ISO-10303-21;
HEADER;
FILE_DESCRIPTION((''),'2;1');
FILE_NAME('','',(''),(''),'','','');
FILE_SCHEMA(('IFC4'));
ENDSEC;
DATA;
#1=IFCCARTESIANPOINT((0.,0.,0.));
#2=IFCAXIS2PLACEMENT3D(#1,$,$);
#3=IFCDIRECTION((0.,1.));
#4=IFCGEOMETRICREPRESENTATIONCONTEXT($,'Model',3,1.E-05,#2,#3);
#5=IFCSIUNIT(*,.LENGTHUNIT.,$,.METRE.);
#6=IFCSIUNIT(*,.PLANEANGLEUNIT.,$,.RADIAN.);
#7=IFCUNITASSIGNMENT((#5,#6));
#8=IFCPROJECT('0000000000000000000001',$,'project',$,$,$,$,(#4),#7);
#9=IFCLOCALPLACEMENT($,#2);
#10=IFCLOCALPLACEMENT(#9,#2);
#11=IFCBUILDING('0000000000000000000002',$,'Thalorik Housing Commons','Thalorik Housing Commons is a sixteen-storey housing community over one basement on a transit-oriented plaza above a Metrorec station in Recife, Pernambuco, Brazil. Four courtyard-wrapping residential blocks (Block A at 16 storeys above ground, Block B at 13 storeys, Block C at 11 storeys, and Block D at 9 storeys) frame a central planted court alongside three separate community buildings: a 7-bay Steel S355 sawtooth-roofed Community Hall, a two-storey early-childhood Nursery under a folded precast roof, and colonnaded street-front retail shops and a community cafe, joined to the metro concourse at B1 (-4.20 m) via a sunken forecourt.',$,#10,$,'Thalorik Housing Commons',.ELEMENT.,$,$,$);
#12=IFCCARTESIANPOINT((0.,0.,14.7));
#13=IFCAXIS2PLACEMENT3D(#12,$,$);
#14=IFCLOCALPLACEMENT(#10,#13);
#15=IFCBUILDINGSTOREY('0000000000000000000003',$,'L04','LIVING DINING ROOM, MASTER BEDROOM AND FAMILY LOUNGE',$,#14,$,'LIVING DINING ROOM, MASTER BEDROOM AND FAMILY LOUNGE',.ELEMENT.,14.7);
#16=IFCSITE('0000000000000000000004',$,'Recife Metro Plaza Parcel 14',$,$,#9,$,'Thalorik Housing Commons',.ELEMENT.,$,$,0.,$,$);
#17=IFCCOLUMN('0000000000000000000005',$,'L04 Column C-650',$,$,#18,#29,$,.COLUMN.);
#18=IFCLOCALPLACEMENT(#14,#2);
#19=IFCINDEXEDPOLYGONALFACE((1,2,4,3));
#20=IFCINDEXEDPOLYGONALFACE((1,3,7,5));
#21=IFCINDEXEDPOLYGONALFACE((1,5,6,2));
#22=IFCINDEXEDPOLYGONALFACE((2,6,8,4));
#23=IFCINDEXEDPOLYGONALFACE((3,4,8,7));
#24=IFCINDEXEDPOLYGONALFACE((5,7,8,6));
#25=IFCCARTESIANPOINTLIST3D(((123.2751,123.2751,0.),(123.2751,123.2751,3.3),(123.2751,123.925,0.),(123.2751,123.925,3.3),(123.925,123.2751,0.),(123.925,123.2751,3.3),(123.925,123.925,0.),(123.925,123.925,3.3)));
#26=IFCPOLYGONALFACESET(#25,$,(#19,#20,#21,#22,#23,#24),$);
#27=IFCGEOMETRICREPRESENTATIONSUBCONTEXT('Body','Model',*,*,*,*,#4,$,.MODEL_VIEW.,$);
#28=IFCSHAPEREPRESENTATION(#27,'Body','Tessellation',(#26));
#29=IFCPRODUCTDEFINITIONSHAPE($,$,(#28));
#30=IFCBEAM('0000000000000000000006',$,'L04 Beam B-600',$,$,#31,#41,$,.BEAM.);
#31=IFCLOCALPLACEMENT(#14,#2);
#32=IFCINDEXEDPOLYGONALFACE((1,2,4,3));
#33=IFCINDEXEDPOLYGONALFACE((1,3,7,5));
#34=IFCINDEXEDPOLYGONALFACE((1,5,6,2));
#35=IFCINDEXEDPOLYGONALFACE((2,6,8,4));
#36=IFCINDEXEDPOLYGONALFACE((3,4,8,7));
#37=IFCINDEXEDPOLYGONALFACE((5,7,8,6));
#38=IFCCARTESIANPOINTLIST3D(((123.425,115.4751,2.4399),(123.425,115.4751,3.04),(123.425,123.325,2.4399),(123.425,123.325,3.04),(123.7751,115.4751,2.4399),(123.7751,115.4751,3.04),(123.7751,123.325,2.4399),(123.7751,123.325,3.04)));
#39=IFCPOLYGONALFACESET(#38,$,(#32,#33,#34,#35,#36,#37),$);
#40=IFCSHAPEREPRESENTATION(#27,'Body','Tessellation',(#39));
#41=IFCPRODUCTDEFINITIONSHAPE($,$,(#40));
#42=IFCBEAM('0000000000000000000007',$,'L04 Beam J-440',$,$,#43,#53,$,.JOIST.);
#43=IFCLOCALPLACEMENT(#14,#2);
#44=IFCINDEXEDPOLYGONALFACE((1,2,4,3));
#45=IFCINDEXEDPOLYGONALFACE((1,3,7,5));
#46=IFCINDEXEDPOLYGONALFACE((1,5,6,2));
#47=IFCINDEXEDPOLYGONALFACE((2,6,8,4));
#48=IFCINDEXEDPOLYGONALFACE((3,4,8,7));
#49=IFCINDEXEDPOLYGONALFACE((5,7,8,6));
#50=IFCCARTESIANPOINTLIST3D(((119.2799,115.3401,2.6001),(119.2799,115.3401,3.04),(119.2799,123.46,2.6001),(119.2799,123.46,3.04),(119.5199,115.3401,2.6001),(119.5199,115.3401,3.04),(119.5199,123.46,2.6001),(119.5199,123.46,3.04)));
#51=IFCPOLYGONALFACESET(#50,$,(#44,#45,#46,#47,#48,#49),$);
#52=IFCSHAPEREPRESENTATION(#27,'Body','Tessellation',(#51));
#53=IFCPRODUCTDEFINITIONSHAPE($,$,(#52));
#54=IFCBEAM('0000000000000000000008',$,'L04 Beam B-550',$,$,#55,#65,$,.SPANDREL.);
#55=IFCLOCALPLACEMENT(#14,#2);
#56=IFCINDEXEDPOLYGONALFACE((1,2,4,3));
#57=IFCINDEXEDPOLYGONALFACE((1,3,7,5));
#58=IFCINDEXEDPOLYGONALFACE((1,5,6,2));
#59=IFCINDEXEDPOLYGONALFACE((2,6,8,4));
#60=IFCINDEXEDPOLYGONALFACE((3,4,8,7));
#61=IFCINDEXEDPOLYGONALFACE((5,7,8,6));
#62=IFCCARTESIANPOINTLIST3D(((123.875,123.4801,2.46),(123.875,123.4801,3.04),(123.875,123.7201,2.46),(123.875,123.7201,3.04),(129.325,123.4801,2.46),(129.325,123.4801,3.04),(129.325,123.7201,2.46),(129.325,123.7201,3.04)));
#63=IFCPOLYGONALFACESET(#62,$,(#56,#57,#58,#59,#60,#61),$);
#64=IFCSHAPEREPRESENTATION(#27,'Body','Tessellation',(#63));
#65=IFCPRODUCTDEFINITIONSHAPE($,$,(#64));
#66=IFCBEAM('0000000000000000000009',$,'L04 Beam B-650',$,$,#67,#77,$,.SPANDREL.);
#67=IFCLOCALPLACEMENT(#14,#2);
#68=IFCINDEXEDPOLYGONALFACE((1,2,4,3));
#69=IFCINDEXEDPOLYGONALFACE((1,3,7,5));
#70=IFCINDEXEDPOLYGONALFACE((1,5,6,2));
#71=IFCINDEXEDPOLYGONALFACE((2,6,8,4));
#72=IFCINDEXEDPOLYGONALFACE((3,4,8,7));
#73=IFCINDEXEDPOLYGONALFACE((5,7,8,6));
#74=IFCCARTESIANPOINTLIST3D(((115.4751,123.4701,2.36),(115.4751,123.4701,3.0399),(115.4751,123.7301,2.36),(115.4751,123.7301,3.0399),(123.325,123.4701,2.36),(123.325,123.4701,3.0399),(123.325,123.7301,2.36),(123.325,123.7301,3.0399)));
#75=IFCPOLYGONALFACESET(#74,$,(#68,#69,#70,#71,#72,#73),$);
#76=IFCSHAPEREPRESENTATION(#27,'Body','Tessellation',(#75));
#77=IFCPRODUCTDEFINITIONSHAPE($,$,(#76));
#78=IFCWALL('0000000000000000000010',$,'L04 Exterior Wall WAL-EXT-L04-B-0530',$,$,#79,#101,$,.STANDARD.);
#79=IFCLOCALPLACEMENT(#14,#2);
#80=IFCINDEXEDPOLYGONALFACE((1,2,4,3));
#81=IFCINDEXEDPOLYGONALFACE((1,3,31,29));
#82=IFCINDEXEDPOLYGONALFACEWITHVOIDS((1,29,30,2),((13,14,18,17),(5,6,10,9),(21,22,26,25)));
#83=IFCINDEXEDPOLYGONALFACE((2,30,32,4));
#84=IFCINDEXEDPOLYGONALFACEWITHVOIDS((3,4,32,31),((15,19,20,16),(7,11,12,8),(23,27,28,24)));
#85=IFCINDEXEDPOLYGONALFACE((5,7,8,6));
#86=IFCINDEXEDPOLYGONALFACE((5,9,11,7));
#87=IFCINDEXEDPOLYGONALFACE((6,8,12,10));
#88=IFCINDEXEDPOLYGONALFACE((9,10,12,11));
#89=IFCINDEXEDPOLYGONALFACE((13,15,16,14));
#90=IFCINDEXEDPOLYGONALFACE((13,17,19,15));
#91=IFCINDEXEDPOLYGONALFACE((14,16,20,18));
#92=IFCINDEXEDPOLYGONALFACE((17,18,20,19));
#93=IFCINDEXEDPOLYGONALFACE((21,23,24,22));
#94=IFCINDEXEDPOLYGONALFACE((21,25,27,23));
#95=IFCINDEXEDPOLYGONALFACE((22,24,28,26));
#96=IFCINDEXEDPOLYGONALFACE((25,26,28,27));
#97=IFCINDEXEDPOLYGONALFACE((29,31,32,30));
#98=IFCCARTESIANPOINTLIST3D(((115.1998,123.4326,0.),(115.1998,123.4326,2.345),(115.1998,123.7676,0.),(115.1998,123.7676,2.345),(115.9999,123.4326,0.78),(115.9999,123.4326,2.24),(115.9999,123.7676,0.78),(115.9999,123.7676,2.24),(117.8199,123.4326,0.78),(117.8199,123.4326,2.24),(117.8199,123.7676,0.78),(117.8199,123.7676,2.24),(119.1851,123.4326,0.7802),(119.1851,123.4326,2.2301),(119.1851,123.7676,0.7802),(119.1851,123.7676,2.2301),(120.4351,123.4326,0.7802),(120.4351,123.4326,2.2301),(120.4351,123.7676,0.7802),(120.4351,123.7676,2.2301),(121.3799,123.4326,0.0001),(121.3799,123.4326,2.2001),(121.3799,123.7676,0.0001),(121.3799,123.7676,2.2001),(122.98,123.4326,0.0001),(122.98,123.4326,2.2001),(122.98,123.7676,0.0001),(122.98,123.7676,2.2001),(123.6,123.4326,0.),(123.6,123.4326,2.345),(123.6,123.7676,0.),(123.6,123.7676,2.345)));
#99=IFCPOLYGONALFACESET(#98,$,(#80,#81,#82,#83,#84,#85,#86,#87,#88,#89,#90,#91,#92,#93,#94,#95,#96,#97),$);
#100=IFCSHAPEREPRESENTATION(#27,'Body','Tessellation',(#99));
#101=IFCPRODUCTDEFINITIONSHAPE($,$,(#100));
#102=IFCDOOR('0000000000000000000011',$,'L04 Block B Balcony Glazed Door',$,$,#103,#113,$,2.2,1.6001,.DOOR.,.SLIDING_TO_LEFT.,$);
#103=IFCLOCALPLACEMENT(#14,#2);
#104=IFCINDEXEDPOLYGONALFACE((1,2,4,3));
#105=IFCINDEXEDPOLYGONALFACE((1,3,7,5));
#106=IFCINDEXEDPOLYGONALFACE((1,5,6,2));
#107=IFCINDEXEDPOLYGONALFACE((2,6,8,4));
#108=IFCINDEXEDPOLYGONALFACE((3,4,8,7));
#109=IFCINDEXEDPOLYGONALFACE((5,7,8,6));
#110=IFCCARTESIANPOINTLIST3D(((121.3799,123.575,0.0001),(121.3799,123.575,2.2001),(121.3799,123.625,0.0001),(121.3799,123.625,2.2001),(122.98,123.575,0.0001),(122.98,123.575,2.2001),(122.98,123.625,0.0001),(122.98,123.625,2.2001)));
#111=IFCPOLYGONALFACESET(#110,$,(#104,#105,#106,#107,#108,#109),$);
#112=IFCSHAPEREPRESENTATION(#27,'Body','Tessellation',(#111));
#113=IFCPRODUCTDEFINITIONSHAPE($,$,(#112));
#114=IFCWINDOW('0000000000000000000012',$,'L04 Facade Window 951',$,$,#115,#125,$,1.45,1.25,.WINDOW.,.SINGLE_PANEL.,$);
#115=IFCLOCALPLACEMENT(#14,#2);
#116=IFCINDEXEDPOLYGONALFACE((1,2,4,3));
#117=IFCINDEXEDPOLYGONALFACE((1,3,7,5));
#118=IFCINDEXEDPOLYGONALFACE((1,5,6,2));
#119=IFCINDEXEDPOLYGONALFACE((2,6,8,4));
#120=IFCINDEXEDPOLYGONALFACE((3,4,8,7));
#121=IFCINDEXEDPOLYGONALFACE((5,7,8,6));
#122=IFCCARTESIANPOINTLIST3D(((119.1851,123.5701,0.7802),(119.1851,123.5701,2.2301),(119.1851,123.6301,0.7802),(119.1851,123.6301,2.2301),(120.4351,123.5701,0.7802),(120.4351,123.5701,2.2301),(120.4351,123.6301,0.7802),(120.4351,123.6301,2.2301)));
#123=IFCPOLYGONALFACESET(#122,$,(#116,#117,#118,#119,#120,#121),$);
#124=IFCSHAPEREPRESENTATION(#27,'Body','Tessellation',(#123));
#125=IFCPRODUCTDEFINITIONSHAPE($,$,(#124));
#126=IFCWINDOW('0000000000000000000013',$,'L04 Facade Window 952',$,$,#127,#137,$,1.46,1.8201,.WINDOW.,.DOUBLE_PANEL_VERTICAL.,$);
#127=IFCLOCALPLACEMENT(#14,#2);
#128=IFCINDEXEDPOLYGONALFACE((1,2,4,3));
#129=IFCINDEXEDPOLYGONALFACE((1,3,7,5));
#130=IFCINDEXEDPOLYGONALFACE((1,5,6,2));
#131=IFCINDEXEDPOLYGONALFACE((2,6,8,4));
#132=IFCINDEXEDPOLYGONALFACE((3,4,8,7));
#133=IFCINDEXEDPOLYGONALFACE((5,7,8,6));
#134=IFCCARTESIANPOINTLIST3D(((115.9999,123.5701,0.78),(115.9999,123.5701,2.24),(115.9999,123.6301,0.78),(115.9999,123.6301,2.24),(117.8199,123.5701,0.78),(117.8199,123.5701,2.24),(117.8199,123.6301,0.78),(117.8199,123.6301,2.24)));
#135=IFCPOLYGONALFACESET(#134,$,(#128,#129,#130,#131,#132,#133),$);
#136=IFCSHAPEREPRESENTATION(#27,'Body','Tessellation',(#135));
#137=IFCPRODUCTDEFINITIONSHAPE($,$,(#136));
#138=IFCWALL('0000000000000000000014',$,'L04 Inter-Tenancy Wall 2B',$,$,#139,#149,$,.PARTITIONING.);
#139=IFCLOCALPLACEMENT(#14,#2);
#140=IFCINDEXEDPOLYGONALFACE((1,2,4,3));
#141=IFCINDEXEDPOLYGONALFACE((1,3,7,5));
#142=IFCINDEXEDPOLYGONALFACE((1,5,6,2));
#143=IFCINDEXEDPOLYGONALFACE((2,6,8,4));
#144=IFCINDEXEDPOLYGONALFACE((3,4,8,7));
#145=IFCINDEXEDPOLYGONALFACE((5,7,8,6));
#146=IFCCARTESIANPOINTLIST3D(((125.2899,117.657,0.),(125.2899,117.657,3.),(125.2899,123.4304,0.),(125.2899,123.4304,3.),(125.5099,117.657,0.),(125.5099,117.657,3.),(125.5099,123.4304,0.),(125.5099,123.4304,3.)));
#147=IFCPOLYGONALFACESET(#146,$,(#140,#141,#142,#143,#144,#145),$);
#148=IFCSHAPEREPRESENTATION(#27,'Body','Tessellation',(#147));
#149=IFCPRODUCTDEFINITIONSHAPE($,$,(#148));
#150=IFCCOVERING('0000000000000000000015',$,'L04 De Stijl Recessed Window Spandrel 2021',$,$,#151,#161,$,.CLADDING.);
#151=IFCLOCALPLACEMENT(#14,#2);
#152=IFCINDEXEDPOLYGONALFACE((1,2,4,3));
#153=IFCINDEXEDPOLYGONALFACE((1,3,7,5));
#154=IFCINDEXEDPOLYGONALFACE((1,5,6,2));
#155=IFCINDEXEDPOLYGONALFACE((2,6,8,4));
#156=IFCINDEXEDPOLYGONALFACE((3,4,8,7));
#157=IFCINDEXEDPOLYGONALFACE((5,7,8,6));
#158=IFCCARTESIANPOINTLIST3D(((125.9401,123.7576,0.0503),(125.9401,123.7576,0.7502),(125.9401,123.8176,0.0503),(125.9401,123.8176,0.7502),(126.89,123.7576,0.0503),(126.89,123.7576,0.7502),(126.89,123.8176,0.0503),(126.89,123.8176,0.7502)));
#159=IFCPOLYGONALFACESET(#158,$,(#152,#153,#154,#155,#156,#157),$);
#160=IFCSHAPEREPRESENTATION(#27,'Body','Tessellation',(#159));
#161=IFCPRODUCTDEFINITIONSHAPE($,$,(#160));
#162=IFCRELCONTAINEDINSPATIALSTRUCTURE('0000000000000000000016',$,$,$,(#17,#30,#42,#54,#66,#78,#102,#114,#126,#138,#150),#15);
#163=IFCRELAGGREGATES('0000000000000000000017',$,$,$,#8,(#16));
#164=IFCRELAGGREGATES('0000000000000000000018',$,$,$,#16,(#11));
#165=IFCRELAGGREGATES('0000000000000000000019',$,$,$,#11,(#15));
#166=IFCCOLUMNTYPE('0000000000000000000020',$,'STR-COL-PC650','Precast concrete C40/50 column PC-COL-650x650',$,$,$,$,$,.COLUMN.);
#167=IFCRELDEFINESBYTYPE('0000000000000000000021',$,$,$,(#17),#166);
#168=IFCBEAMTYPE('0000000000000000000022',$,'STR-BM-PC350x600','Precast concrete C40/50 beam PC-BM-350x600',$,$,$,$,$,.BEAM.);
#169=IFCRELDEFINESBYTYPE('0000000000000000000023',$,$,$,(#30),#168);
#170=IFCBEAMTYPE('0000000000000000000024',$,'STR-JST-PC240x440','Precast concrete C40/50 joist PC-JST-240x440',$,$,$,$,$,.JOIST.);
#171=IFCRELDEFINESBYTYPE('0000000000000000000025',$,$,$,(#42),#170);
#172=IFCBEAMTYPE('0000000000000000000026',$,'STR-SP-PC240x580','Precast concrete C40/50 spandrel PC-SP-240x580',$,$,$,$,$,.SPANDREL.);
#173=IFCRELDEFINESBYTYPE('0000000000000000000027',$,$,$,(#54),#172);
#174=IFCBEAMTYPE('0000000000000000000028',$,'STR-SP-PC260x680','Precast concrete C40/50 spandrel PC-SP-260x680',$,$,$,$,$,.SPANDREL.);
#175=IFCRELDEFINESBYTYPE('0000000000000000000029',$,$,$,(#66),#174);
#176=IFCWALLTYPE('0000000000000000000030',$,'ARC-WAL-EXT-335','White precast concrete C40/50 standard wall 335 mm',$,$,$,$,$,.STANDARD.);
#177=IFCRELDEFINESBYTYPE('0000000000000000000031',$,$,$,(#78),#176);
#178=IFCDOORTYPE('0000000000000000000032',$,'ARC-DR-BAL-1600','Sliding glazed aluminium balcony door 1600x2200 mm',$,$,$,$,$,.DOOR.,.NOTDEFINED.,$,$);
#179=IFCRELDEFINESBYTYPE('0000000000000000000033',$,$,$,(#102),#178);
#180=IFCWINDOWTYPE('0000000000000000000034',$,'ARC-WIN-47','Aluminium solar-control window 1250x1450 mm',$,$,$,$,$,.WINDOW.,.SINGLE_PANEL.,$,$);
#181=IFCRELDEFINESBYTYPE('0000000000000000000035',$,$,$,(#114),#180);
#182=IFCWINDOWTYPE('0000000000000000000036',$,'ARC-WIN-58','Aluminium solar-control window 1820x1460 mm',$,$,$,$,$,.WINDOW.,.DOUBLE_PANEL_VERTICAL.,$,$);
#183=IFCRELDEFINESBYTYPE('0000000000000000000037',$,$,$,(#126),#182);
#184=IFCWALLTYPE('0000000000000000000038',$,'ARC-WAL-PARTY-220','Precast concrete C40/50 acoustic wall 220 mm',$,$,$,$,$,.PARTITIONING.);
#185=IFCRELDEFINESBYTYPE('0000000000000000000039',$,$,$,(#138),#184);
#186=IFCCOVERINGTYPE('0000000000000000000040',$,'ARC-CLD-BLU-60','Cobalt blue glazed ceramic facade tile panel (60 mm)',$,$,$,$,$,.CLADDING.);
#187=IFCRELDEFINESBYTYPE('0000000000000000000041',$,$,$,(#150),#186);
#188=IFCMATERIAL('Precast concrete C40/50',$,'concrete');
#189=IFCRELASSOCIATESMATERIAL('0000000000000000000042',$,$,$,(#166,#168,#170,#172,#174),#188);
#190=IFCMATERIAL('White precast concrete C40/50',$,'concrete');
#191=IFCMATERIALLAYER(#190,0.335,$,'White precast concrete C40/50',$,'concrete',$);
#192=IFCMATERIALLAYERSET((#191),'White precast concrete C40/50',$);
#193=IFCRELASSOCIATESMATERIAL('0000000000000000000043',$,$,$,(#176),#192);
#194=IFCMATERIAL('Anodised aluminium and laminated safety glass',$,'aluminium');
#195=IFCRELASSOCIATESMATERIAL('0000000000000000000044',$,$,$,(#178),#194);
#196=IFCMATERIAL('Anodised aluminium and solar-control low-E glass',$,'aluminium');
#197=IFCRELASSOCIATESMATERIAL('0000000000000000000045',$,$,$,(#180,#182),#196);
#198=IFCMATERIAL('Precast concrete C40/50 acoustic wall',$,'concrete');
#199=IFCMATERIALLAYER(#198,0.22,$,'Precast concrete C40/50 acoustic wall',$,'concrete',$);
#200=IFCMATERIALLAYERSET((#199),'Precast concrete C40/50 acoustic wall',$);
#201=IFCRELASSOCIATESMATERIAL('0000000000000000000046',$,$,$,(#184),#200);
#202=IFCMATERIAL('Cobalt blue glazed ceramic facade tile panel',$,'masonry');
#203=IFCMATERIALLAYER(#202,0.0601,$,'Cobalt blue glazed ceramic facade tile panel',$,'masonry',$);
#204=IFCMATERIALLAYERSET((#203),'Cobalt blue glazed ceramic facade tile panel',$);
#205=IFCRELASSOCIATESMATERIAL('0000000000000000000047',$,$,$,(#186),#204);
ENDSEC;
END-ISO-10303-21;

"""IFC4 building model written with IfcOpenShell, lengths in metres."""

from ifc_helpers import new_model, si_unit, direction, frame, frame_2d, origin, origin_2d, place, context, subcontext, project, spatial, rectangle, extrude, material, layer, layer_set, material_profile, profile_set, type_object, element, fill, save


model = new_model("IFC4")

# Units and contexts
model_context = context("Model", 3, precision=1e-05, world=origin(), true_north=direction((0.0, 1.0)))
body_context = subcontext(model_context, "Body", "Model", "MODEL_VIEW")
ifc_project = project(units=[si_unit("LENGTHUNIT", "METRE"), si_unit("PLANEANGLEUNIT", "RADIAN")], contexts=[model_context])

# Site, building, storey
site_placement = place(None, origin())
site = spatial("IfcSite", under=ifc_project, at=site_placement, Name="Recife Metro Plaza Parcel 14", LongName="Thalorik Housing Commons", CompositionType="ELEMENT", RefElevation=0.0)
building_placement = place(site_placement, origin())
building = spatial("IfcBuilding", under=site, at=building_placement, Name="Thalorik Housing Commons", Description="Thalorik Housing Commons is a sixteen-storey housing community over one basement on a transit-oriented plaza above a Metrorec station in Recife, Pernambuco, Brazil. Four courtyard-wrapping residential blocks (Block A at 16 storeys above ground, Block B at 13 storeys, Block C at 11 storeys, and Block D at 9 storeys) frame a central planted court alongside three separate community buildings: a 7-bay Steel S355 sawtooth-roofed Community Hall, a two-storey early-childhood Nursery under a folded precast roof, and colonnaded street-front retail shops and a community cafe, joined to the metro concourse at B1 (-4.20 m) via a sunken forecourt.", LongName="Thalorik Housing Commons", CompositionType="ELEMENT")
storey_placement = place(building_placement, frame((0.0, 0.0, 14.7)))
storey = spatial("IfcBuildingStorey", under=building, at=storey_placement, Name="L04", Description="LIVING DINING ROOM, MASTER BEDROOM AND FAMILY LOUNGE", LongName="LIVING DINING ROOM, MASTER BEDROOM AND FAMILY LOUNGE", CompositionType="ELEMENT", Elevation=14.7)

# Column
ifc_material_1 = material(Name="Precast concrete C40/50", Category="concrete")
ifc_material_profile_1 = material_profile(ifc_material_1, rectangle(XDim=0.6499, YDim=0.6499, at=origin_2d()), Name="PC 650x650", Category="concrete")
ifc_profile_set_1 = profile_set([ifc_material_profile_1], Name="Precast concrete C40/50")
column_type = type_object("IfcColumnType", Name="STR-COL-PC650", Description="Precast concrete C40/50 column PC-COL-650x650", PredefinedType="COLUMN", material=ifc_profile_set_1)
column_placement = place(storey_placement, frame((123.6001, 123.6001, 0.0), z_axis=(0.0, 0.0, 1.0), x_axis=(1.0, 0.0, 0.0)))
element("IfcColumn", 1, at=column_placement, inside=storey, type_object=column_type, Name="L04 Column C-650", PredefinedType="COLUMN", context=body_context, shape_type="SweptSolid", body=[
    extrude(rectangle(XDim=0.6499, YDim=0.6499, at=origin_2d()), origin(), (0.0, 0.0, 1.0), 3.3),
])

# Beams
ifc_material_profile_2 = material_profile(ifc_material_1, rectangle(XDim=0.3501, YDim=0.6001, at=origin_2d()), Name="PC 350x600", Category="concrete")
ifc_profile_set_2 = profile_set([ifc_material_profile_2], Name="Precast concrete C40/50")
beam_type_1 = type_object("IfcBeamType", Name="STR-BM-PC350x600", Description="Precast concrete C40/50 beam PC-BM-350x600", PredefinedType="BEAM", material=ifc_profile_set_2)
beam_1_placement = place(storey_placement, frame((123.6001, 115.4751, 2.74), z_axis=(0.0, 1.0, 0.0), x_axis=(-1.0, 0.0, 0.0)))
element("IfcBeam", 2, at=beam_1_placement, inside=storey, type_object=beam_type_1, Name="L04 Beam B-600", PredefinedType="BEAM", context=body_context, shape_type="SweptSolid", body=[
    extrude(rectangle(XDim=0.3501, YDim=0.6001, at=origin_2d()), origin(), (0.0, 0.0, 1.0), 7.8499),
])
ifc_material_profile_3 = material_profile(ifc_material_1, rectangle(XDim=0.24, YDim=0.4399, at=origin_2d()), Name="PC JST 240x440", Category="concrete")
ifc_profile_set_3 = profile_set([ifc_material_profile_3], Name="Precast concrete C40/50")
beam_type_2 = type_object("IfcBeamType", Name="STR-JST-PC240x440", Description="Precast concrete C40/50 joist PC-JST-240x440", PredefinedType="JOIST", material=ifc_profile_set_3)
beam_2_placement = place(storey_placement, frame((119.3999, 115.3401, 2.8201), z_axis=(0.0, 1.0, 0.0), x_axis=(-1.0, 0.0, 0.0)))
element("IfcBeam", 3, at=beam_2_placement, inside=storey, type_object=beam_type_2, Name="L04 Beam J-440", PredefinedType="JOIST", context=body_context, shape_type="SweptSolid", body=[
    extrude(rectangle(XDim=0.24, YDim=0.4399, at=origin_2d()), origin(), (0.0, 0.0, 1.0), 8.1199),
])
ifc_material_profile_4 = material_profile(ifc_material_1, rectangle(XDim=0.24, YDim=0.5801, at=origin_2d()), Name="PC SP 240x580", Category="concrete")
ifc_profile_set_4 = profile_set([ifc_material_profile_4], Name="Precast concrete C40/50")
beam_type_3 = type_object("IfcBeamType", Name="STR-SP-PC240x580", Description="Precast concrete C40/50 spandrel PC-SP-240x580", PredefinedType="SPANDREL", material=ifc_profile_set_4)
beam_3_placement = place(storey_placement, frame((123.875, 123.6001, 2.75), z_axis=(1.0, 0.0, 0.0), x_axis=(0.0, 1.0, 0.0)))
element("IfcBeam", 4, at=beam_3_placement, inside=storey, type_object=beam_type_3, Name="L04 Beam B-550", PredefinedType="SPANDREL", context=body_context, shape_type="SweptSolid", body=[
    extrude(rectangle(XDim=0.24, YDim=0.5801, at=origin_2d()), origin(), (0.0, 0.0, 1.0), 5.45),
])
ifc_material_profile_5 = material_profile(ifc_material_1, rectangle(XDim=0.26, YDim=0.6799, at=origin_2d()), Name="PC SP 260x680", Category="concrete")
ifc_profile_set_5 = profile_set([ifc_material_profile_5], Name="Precast concrete C40/50")
beam_type_4 = type_object("IfcBeamType", Name="STR-SP-PC260x680", Description="Precast concrete C40/50 spandrel PC-SP-260x680", PredefinedType="SPANDREL", material=ifc_profile_set_5)
beam_4_placement = place(storey_placement, frame((115.4751, 123.6001, 2.7), z_axis=(1.0, 0.0, 0.0), x_axis=(0.0, 1.0, 0.0)))
element("IfcBeam", 5, at=beam_4_placement, inside=storey, type_object=beam_type_4, Name="L04 Beam B-650", PredefinedType="SPANDREL", context=body_context, shape_type="SweptSolid", body=[
    extrude(rectangle(XDim=0.26, YDim=0.6799, at=origin_2d()), origin(), (0.0, 0.0, 1.0), 7.8499),
])

# Wall, openings, door, windows
ifc_material_2 = material(Name="White precast concrete C40/50", Category="concrete")
ifc_layer_1 = layer(ifc_material_2, 0.335, Name="White precast concrete C40/50", Category="concrete")
ifc_layer_set_1 = layer_set([ifc_layer_1], Name="White precast concrete C40/50")
wall_type_1 = type_object("IfcWallType", Name="ARC-WAL-EXT-335", Description="White precast concrete C40/50 standard wall 335 mm", PredefinedType="STANDARD", material=ifc_layer_set_1)
wall_1_placement = place(storey_placement, frame((123.6001, 123.6001, 0.0), z_axis=(0.0, 0.0, 1.0), x_axis=(-1.0, 0.0, 0.0)))
wall_1 = element("IfcWall", 6, at=wall_1_placement, inside=storey, type_object=wall_type_1, Name="L04 Exterior Wall WAL-EXT-L04-B-0530", PredefinedType="STANDARD", context=body_context, shape_type="SweptSolid", body=[
    extrude(rectangle(XDim=8.4001, YDim=0.335, at=frame_2d((4.2002, 0.0))), origin(), (0.0, 0.0, 1.0), 2.345),
])
opening_1_placement = place(wall_1_placement, frame((0.6201, 0.0, 0.0)))
opening_1 = element("IfcOpeningElement", 7, at=opening_1_placement, cuts=wall_1, PredefinedType="OPENING", context=body_context, shape_type="SweptSolid", body=[
    extrude(rectangle(XDim=1.6001, YDim=2.2, at=frame_2d((0.8, 1.1001))), frame((0.0, 0.1775, 0.0), z_axis=(0.0, -1.0, 0.0), x_axis=(1.0, 0.0, 0.0)), (0.0, 0.0, 1.0), 0.355),
])
opening_2_placement = place(wall_1_placement, frame((3.165, 0.0, 0.78)))
opening_2 = element("IfcOpeningElement", 8, at=opening_2_placement, cuts=wall_1, PredefinedType="OPENING", context=body_context, shape_type="SweptSolid", body=[
    extrude(rectangle(XDim=1.25, YDim=1.45, at=frame_2d((0.625, 0.7251))), frame((0.0, 0.1775, 0.0), z_axis=(0.0, -1.0, 0.0), x_axis=(1.0, 0.0, 0.0)), (0.0, 0.0, 1.0), 0.355),
])
opening_3_placement = place(wall_1_placement, frame((5.78, 0.0, 0.78)))
opening_3 = element("IfcOpeningElement", 9, at=opening_3_placement, cuts=wall_1, PredefinedType="OPENING", context=body_context, shape_type="SweptSolid", body=[
    extrude(rectangle(XDim=1.8201, YDim=1.46, at=frame_2d((0.9102, 0.73))), frame((0.0, 0.1775, 0.0), z_axis=(0.0, -1.0, 0.0), x_axis=(1.0, 0.0, 0.0)), (0.0, 0.0, 1.0), 0.355),
])
ifc_material_3 = material(Name="Anodised aluminium and laminated safety glass", Category="aluminium")
door_type = type_object("IfcDoorType", Name="ARC-DR-BAL-1600", Description="Sliding glazed aluminium balcony door 1600x2200 mm", OperationType="NOTDEFINED", PredefinedType="DOOR", material=ifc_material_3)
door_placement = place(opening_1_placement, frame((1.6001, 0.0, 0.0), z_axis=(0.0, 0.0, 1.0), x_axis=(-1.0, 0.0, 0.0)))
door = element("IfcDoor", 10, at=door_placement, inside=storey, type_object=door_type, Name="L04 Block B Balcony Glazed Door", OperationType="SLIDING_TO_LEFT", OverallHeight=2.2, OverallWidth=1.6001, PredefinedType="DOOR", context=body_context, shape_type="SweptSolid", body=[
    extrude(rectangle(XDim=1.6001, YDim=2.2, at=frame_2d((0.8, 1.1001))), frame((0.0, 0.0249, 0.0), z_axis=(0.0, -1.0, 0.0), x_axis=(1.0, 0.0, 0.0)), (0.0, 0.0, 1.0), 0.05),
])
fill(opening_1, door)
ifc_material_4 = material(Name="Anodised aluminium and solar-control low-E glass", Category="aluminium")
window_type_1 = type_object("IfcWindowType", Name="ARC-WIN-47", Description="Aluminium solar-control window 1250x1450 mm", PartitioningType="SINGLE_PANEL", PredefinedType="WINDOW", material=ifc_material_4)
window_1_placement = place(opening_2_placement, origin())
window_1 = element("IfcWindow", 11, at=window_1_placement, inside=storey, type_object=window_type_1, Name="L04 Facade Window 951", OverallHeight=1.45, OverallWidth=1.25, PartitioningType="SINGLE_PANEL", PredefinedType="WINDOW", context=body_context, shape_type="SweptSolid", body=[
    extrude(rectangle(XDim=1.25, YDim=1.45, at=frame_2d((0.625, 0.7251))), frame((0.0, 0.03, 0.0), z_axis=(0.0, -1.0, 0.0), x_axis=(1.0, 0.0, 0.0)), (0.0, 0.0, 1.0), 0.0601),
])
fill(opening_2, window_1)
window_type_2 = type_object("IfcWindowType", Name="ARC-WIN-58", Description="Aluminium solar-control window 1820x1460 mm", PartitioningType="DOUBLE_PANEL_VERTICAL", PredefinedType="WINDOW", material=ifc_material_4)
window_2_placement = place(opening_3_placement, origin())
window_2 = element("IfcWindow", 12, at=window_2_placement, inside=storey, type_object=window_type_2, Name="L04 Facade Window 952", OverallHeight=1.46, OverallWidth=1.8201, PartitioningType="DOUBLE_PANEL_VERTICAL", PredefinedType="WINDOW", context=body_context, shape_type="SweptSolid", body=[
    extrude(rectangle(XDim=1.8201, YDim=1.46, at=frame_2d((0.9102, 0.73))), frame((0.0, 0.03, 0.0), z_axis=(0.0, -1.0, 0.0), x_axis=(1.0, 0.0, 0.0)), (0.0, 0.0, 1.0), 0.0601),
])
fill(opening_3, window_2)

# Wall
ifc_material_5 = material(Name="Precast concrete C40/50 acoustic wall", Category="concrete")
ifc_layer_2 = layer(ifc_material_5, 0.22, Name="Precast concrete C40/50 acoustic wall", Category="concrete")
ifc_layer_set_2 = layer_set([ifc_layer_2], Name="Precast concrete C40/50 acoustic wall")
wall_type_2 = type_object("IfcWallType", Name="ARC-WAL-PARTY-220", Description="Precast concrete C40/50 acoustic wall 220 mm", PredefinedType="PARTITIONING", material=ifc_layer_set_2)
wall_2_placement = place(storey_placement, frame((125.3999, 117.657, 0.0), z_axis=(0.0, 0.0, 1.0), x_axis=(0.0, 1.0, 0.0)))
element("IfcWall", 13, at=wall_2_placement, inside=storey, type_object=wall_type_2, Name="L04 Inter-Tenancy Wall 2B", PredefinedType="PARTITIONING", context=body_context, shape_type="SweptSolid", body=[
    extrude(rectangle(XDim=5.7734, YDim=0.22, at=frame_2d((2.8867, 0.0))), origin(), (0.0, 0.0, 1.0), 3.0),
])

# Covering
ifc_material_6 = material(Name="Cobalt blue glazed ceramic facade tile panel", Category="masonry")
ifc_layer_3 = layer(ifc_material_6, 0.0601, Name="Cobalt blue glazed ceramic facade tile panel", Category="masonry")
ifc_layer_set_3 = layer_set([ifc_layer_3], Name="Cobalt blue glazed ceramic facade tile panel")
covering_type_1 = type_object("IfcCoveringType", Name="ARC-CLD-BLU-60", Description="Cobalt blue glazed ceramic facade tile panel (60 mm)", PredefinedType="CLADDING", material=ifc_layer_set_3)
covering_1_placement = place(storey_placement, frame((126.415, 123.7876, 0.0503), z_axis=(0.0, 0.0, 1.0), x_axis=(-1.0, 0.0, 0.0)))
element("IfcCovering", 14, at=covering_1_placement, inside=storey, type_object=covering_type_1, Name="L04 De Stijl Recessed Window Spandrel 2021", PredefinedType="CLADDING", context=body_context, shape_type="SweptSolid", body=[
    extrude(rectangle(XDim=0.95, YDim=0.0601, at=origin_2d()), origin(), (0.0, 0.0, 1.0), 0.7),
])

save(model, "model.ifc")
